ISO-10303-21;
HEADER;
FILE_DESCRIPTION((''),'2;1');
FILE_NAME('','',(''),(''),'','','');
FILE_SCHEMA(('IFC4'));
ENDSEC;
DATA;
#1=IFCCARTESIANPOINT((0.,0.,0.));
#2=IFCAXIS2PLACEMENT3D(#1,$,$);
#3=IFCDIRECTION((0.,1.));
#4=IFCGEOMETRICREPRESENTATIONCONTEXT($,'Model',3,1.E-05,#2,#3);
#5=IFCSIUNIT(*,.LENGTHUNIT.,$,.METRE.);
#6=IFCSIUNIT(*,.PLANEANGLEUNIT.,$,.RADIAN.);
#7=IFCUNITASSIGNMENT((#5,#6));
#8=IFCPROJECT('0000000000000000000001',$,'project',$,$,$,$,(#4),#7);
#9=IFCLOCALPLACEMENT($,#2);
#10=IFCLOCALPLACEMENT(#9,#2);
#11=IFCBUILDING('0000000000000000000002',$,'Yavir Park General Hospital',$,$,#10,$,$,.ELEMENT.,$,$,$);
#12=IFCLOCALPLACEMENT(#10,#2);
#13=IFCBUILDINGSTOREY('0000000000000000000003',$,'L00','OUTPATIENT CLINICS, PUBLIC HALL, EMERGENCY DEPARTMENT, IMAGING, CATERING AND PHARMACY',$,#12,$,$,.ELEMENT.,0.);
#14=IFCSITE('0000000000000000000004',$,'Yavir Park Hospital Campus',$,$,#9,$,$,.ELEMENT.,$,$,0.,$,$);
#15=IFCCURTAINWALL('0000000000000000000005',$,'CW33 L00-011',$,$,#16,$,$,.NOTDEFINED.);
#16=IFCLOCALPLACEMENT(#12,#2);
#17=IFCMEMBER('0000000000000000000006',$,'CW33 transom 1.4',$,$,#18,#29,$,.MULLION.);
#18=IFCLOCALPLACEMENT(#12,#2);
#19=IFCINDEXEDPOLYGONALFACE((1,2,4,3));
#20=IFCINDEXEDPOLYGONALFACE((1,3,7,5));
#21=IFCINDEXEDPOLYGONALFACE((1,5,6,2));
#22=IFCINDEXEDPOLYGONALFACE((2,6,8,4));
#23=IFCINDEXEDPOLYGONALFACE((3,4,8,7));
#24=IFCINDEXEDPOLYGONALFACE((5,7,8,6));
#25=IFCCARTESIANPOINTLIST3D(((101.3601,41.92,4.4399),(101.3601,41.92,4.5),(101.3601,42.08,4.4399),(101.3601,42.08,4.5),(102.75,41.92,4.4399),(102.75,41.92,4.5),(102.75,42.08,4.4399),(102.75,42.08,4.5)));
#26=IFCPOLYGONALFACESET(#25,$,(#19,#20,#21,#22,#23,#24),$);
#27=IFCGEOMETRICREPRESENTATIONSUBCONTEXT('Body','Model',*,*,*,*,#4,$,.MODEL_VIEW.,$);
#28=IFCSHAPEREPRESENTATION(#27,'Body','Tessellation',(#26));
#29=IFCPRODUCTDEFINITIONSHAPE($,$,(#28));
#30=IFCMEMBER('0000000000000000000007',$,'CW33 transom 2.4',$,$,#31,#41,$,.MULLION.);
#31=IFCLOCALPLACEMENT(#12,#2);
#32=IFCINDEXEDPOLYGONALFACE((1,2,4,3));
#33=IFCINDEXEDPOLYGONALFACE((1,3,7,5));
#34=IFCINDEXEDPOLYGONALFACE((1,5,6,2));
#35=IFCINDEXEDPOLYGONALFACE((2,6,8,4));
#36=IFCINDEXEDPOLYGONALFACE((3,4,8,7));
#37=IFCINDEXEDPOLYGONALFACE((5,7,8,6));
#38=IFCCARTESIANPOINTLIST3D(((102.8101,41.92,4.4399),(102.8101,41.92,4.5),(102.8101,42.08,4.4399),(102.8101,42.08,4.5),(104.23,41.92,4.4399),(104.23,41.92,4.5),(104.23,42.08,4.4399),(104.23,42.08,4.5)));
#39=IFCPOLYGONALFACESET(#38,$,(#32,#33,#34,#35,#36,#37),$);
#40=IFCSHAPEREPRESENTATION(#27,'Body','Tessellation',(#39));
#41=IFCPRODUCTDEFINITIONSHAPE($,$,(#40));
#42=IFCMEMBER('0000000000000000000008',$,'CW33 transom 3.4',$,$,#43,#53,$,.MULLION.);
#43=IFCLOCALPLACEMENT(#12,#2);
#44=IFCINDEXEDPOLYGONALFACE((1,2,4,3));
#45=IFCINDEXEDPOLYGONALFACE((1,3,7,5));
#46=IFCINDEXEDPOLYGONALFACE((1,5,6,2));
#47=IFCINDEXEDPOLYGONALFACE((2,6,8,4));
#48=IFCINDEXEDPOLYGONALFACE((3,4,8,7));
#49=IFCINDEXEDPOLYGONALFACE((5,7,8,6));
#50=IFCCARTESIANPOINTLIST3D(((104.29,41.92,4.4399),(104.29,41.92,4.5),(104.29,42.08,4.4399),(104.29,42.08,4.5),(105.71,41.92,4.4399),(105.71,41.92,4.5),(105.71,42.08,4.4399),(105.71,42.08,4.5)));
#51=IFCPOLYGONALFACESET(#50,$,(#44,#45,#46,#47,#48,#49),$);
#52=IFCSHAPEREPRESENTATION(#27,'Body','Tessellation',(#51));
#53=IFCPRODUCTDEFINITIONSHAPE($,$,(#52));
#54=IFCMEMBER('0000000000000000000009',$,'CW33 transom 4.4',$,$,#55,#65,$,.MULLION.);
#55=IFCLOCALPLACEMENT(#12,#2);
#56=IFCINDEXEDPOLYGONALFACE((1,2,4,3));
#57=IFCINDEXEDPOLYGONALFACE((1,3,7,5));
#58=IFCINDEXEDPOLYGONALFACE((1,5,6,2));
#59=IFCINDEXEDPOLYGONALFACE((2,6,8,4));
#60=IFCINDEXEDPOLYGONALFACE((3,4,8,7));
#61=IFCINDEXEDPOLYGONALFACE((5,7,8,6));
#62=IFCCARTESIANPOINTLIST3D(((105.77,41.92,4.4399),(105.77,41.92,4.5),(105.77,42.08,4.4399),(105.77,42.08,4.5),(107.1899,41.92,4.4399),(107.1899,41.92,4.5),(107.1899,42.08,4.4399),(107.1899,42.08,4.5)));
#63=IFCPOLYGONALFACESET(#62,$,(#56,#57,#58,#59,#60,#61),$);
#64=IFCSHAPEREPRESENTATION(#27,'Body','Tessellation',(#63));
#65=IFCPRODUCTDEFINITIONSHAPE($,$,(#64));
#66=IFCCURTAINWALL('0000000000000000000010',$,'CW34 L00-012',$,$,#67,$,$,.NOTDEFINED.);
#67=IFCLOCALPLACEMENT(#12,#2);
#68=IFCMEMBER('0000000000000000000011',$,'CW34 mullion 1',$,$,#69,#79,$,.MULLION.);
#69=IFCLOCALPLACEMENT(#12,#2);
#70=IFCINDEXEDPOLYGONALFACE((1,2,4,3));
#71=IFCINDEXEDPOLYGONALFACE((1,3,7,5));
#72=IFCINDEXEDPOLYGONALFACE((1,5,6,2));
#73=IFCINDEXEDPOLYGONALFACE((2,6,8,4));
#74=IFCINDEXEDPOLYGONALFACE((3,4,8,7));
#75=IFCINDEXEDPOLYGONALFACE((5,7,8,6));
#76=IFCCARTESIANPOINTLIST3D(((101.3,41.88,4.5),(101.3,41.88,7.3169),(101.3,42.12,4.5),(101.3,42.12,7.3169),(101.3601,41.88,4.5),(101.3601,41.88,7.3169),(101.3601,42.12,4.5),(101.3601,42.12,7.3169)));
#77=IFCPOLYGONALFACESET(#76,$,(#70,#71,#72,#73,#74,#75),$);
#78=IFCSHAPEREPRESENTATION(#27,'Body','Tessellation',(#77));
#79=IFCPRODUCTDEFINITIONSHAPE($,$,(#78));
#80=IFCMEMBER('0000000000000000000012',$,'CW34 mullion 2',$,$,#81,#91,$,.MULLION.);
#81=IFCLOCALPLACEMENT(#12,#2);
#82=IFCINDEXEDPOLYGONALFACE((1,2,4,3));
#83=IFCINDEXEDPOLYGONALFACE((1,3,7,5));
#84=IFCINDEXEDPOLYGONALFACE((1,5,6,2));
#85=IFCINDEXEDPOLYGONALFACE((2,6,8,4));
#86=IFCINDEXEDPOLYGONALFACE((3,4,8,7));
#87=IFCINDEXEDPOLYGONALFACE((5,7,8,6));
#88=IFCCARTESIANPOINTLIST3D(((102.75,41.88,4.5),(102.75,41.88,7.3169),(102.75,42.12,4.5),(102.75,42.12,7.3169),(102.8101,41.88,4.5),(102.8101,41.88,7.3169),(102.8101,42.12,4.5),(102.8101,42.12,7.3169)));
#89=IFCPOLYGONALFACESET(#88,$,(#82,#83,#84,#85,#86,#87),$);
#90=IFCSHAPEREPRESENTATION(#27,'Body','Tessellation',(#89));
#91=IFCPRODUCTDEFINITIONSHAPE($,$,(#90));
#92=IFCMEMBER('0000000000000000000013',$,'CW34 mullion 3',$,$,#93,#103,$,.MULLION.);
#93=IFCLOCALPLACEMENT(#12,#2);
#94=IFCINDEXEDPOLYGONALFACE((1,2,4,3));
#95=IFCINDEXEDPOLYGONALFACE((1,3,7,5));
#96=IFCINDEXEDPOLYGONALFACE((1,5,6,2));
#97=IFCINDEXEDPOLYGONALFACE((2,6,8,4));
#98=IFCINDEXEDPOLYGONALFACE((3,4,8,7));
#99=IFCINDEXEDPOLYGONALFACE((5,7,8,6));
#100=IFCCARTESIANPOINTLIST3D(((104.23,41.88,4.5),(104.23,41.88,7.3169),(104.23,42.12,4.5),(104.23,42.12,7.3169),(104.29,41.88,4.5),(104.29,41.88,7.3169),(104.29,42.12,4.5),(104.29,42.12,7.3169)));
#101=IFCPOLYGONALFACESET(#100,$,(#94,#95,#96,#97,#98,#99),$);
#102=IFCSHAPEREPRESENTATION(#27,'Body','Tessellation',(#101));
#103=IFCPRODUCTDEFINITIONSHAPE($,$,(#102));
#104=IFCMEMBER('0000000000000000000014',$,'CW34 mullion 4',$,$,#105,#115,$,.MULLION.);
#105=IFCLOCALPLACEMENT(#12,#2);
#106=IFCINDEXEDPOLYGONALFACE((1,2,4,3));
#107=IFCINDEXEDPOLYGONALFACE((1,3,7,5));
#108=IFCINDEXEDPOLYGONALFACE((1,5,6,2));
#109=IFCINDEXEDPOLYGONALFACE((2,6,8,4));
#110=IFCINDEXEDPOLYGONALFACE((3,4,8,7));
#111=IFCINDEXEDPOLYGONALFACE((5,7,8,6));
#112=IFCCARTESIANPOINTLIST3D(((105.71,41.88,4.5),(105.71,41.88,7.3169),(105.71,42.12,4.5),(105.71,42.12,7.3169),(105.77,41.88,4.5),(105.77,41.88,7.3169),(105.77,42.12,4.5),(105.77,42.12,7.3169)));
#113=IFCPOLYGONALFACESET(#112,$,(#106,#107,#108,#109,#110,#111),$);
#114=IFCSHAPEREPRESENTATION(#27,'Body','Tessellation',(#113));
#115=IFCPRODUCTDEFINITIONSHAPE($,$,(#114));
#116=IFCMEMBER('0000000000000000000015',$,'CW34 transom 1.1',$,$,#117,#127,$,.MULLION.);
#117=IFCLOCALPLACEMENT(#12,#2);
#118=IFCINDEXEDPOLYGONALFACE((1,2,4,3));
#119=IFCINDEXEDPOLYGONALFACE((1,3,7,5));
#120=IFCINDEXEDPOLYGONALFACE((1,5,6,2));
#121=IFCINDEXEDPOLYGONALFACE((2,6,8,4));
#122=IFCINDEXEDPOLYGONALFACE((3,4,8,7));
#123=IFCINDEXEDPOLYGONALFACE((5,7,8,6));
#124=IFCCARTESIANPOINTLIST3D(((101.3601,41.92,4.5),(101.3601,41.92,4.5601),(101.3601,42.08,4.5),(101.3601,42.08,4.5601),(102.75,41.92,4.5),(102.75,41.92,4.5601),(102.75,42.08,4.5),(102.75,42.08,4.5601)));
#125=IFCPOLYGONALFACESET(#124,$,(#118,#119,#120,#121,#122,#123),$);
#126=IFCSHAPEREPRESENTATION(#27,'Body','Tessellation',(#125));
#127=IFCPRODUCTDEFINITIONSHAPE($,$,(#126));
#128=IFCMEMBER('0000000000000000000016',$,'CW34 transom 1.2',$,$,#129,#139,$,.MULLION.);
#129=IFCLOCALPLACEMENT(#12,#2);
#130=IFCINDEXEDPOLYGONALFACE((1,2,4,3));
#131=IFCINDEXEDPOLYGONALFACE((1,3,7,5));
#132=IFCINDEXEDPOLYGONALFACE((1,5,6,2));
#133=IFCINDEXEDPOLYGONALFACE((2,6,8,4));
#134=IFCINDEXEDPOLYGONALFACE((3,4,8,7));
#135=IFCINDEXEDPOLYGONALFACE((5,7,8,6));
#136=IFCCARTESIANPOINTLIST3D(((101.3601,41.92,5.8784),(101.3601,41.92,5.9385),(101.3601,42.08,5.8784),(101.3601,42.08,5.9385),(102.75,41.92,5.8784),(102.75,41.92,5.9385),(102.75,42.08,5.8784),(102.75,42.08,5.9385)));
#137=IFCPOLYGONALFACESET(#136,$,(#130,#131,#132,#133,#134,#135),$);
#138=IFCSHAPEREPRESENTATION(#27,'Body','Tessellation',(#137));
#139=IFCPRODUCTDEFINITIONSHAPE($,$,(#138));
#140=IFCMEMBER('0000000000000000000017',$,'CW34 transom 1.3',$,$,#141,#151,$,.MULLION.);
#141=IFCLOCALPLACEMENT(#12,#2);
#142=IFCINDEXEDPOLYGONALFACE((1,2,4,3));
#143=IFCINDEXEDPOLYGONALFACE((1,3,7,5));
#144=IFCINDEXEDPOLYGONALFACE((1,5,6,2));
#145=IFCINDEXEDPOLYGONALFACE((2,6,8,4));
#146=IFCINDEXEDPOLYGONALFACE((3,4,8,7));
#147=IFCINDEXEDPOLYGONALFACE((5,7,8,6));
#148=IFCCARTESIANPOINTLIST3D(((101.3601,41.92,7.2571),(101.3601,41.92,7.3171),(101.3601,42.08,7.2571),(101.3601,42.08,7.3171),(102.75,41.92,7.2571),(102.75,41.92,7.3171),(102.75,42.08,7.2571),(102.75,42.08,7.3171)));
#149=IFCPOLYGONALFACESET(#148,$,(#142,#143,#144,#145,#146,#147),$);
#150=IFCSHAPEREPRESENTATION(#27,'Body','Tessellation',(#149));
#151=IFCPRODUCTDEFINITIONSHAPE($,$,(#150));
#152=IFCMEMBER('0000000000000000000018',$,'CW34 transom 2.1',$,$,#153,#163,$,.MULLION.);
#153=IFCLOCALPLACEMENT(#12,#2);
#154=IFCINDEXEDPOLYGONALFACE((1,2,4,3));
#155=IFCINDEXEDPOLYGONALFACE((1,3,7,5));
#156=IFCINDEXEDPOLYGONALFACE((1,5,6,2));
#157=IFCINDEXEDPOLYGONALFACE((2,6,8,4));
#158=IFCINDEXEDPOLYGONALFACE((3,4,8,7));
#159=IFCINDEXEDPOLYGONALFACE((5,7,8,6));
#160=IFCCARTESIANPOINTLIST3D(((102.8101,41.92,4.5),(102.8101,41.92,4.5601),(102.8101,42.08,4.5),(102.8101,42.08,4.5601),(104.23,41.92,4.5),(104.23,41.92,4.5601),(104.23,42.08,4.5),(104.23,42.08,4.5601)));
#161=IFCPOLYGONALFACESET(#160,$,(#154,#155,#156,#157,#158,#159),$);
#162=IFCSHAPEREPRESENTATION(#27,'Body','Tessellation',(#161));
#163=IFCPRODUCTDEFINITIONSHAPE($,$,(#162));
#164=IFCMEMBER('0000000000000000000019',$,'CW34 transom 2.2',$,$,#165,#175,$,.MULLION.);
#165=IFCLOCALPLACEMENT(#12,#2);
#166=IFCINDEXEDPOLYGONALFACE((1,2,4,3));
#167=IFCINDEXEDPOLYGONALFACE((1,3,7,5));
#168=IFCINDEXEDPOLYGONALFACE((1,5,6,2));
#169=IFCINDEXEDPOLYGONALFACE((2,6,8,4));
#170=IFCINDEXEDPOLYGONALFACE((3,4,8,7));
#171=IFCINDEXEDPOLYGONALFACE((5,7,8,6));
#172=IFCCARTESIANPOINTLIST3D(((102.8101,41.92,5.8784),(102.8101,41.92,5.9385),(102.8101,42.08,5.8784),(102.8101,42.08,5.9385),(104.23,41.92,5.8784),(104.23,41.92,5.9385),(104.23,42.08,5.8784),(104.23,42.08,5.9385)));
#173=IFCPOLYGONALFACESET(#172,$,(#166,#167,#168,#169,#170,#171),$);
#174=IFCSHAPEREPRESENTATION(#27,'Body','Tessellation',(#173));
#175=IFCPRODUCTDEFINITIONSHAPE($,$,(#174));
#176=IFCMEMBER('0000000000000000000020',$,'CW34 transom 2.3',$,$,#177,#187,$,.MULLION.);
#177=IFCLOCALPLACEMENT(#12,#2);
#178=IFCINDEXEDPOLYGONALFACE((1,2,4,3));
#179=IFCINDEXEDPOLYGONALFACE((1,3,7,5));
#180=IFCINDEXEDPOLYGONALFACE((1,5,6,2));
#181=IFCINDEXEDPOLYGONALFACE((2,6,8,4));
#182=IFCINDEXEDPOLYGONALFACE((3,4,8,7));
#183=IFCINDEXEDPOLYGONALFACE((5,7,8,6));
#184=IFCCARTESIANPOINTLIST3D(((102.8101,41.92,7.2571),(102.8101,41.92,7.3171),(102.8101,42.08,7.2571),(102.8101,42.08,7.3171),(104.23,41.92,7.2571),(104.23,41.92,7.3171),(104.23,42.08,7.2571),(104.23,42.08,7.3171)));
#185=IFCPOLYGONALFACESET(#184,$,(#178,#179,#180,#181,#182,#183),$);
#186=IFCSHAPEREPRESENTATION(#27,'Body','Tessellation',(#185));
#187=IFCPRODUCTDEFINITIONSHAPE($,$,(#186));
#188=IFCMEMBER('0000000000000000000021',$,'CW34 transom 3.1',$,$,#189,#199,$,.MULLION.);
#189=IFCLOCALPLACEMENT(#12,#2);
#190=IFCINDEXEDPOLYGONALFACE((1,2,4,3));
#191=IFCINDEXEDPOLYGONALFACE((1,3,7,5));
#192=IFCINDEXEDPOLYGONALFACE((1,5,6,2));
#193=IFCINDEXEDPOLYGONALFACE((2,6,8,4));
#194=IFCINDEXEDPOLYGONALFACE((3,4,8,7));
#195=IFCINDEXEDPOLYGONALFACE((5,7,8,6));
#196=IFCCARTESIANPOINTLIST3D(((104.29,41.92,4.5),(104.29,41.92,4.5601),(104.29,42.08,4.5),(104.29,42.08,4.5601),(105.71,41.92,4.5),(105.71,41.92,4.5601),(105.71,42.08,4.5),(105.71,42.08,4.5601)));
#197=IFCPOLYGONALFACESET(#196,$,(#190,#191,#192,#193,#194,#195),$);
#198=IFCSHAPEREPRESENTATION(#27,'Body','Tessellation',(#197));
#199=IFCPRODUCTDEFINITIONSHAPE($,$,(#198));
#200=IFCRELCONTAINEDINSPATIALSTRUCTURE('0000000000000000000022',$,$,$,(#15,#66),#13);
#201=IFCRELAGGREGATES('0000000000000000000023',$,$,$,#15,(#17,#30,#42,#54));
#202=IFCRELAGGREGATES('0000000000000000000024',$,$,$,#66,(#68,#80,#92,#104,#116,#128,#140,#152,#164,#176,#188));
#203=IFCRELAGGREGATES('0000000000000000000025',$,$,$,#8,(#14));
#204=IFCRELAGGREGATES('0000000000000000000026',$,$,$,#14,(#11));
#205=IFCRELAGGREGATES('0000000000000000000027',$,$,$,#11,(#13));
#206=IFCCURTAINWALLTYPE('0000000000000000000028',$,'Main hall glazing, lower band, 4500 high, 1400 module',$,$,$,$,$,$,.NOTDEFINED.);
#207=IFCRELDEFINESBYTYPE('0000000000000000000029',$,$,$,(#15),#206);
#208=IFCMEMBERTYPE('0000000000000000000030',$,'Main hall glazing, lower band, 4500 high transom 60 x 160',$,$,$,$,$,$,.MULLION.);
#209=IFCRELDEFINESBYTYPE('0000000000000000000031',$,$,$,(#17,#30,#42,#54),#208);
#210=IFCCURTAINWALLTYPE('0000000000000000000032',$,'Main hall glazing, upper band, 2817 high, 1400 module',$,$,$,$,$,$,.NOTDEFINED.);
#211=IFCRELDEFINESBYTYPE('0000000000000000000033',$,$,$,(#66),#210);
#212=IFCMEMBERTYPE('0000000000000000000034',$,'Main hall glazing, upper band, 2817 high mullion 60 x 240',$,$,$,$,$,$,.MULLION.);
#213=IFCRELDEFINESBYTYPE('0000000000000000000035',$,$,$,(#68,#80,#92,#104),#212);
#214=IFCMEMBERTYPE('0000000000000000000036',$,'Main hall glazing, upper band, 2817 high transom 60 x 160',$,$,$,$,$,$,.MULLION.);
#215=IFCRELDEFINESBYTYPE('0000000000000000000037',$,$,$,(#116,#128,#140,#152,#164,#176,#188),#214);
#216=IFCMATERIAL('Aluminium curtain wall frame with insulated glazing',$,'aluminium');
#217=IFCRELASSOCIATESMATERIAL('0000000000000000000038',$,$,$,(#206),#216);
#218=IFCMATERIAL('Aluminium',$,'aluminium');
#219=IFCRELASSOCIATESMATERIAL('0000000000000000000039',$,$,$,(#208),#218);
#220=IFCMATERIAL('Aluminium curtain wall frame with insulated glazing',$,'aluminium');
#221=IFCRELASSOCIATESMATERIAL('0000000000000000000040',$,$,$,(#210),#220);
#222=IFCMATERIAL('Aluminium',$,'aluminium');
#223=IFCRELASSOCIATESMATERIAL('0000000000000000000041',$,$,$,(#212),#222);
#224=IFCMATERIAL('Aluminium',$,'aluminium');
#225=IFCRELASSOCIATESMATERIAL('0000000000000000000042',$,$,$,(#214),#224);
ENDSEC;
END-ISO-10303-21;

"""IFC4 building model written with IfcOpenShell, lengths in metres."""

from ifc_helpers import new_model, si_unit, direction, frame, origin, origin_2d, place, context, subcontext, project, spatial, rectangle, extrude, material, material_profile, profile_set, type_object, element, aggregate, save


model = new_model("IFC4")

# Units and contexts
model_context = context("Model", 3, precision=1e-05, world=origin(), true_north=direction((0.0, 1.0)))
body_context = subcontext(model_context, "Body", "Model", "MODEL_VIEW")
ifc_project = project(units=[si_unit("LENGTHUNIT", "METRE"), si_unit("PLANEANGLEUNIT", "RADIAN")], contexts=[model_context])

# Site, building, storey
site_placement = place(None, origin())
site = spatial("IfcSite", under=ifc_project, at=site_placement, Name="Yavir Park Hospital Campus", CompositionType="ELEMENT", RefElevation=0.0)
building_placement = place(site_placement, origin())
building = spatial("IfcBuilding", under=site, at=building_placement, Name="Yavir Park General Hospital", CompositionType="ELEMENT")
storey_placement = place(building_placement, origin())
storey = spatial("IfcBuildingStorey", under=building, at=storey_placement, Name="L00", Description="OUTPATIENT CLINICS, PUBLIC HALL, EMERGENCY DEPARTMENT, IMAGING, CATERING AND PHARMACY", CompositionType="ELEMENT", Elevation=0.0)

# Curtain walls, members
ifc_material_1 = material(Name="Aluminium curtain wall frame with insulated glazing", Category="aluminium")
curtain_wall_type_1 = type_object("IfcCurtainWallType", Name="Main hall glazing, lower band, 4500 high, 1400 module", PredefinedType="NOTDEFINED", material=ifc_material_1)
curtain_wall_1_placement = place(storey_placement, origin())
curtain_wall_1 = element("IfcCurtainWall", 1, at=curtain_wall_1_placement, inside=storey, type_object=curtain_wall_type_1, Name="CW33 L00-011", PredefinedType="NOTDEFINED")
ifc_material_2 = material(Name="Aluminium", Category="aluminium")
ifc_material_profile_1 = material_profile(ifc_material_2, rectangle(XDim=0.1599, YDim=0.0601, at=origin_2d()), Name="AL 160x60")
ifc_profile_set_1 = profile_set([ifc_material_profile_1], Name="Aluminium")
member_type_1 = type_object("IfcMemberType", Name="Main hall glazing, lower band, 4500 high transom 60 x 160", PredefinedType="MULLION", material=ifc_profile_set_1)
member_1_placement = place(storey_placement, frame((101.3601, 42.0, 4.47), z_axis=(1.0, 0.0, 0.0), x_axis=(0.0, 1.0, 0.0)))
member_1 = element("IfcMember", 2, at=member_1_placement, type_object=member_type_1, Name="CW33 transom 1.4", PredefinedType="MULLION", context=body_context, shape_type="SweptSolid", body=[
    extrude(rectangle(XDim=0.1599, YDim=0.0601, at=origin_2d()), origin(), (0.0, 0.0, 1.0), 1.3899),
])
member_2_placement = place(storey_placement, frame((102.8101, 42.0, 4.47), z_axis=(1.0, 0.0, 0.0), x_axis=(0.0, 1.0, 0.0)))
member_2 = element("IfcMember", 3, at=member_2_placement, type_object=member_type_1, Name="CW33 transom 2.4", PredefinedType="MULLION", context=body_context, shape_type="SweptSolid", body=[
    extrude(rectangle(XDim=0.1599, YDim=0.0601, at=origin_2d()), origin(), (0.0, 0.0, 1.0), 1.4199),
])
member_3_placement = place(storey_placement, frame((104.29, 42.0, 4.47), z_axis=(1.0, 0.0, 0.0), x_axis=(0.0, 1.0, 0.0)))
member_3 = element("IfcMember", 4, at=member_3_placement, type_object=member_type_1, Name="CW33 transom 3.4", PredefinedType="MULLION", context=body_context, shape_type="SweptSolid", body=[
    extrude(rectangle(XDim=0.1599, YDim=0.0601, at=origin_2d()), origin(), (0.0, 0.0, 1.0), 1.4199),
])
member_4_placement = place(storey_placement, frame((105.77, 42.0, 4.47), z_axis=(1.0, 0.0, 0.0), x_axis=(0.0, 1.0, 0.0)))
member_4 = element("IfcMember", 5, at=member_4_placement, type_object=member_type_1, Name="CW33 transom 4.4", PredefinedType="MULLION", context=body_context, shape_type="SweptSolid", body=[
    extrude(rectangle(XDim=0.1599, YDim=0.0601, at=origin_2d()), origin(), (0.0, 0.0, 1.0), 1.4199),
])
ifc_material_3 = material(Name="Aluminium curtain wall frame with insulated glazing", Category="aluminium")
curtain_wall_type_2 = type_object("IfcCurtainWallType", Name="Main hall glazing, upper band, 2817 high, 1400 module", PredefinedType="NOTDEFINED", material=ifc_material_3)
curtain_wall_2_placement = place(storey_placement, origin())
curtain_wall_2 = element("IfcCurtainWall", 6, at=curtain_wall_2_placement, inside=storey, type_object=curtain_wall_type_2, Name="CW34 L00-012", PredefinedType="NOTDEFINED")
ifc_material_4 = material(Name="Aluminium", Category="aluminium")
ifc_material_profile_2 = material_profile(ifc_material_4, rectangle(XDim=0.24, YDim=0.0601, at=origin_2d()), Name="AL 60x240")
ifc_profile_set_2 = profile_set([ifc_material_profile_2], Name="Aluminium")
member_type_2 = type_object("IfcMemberType", Name="Main hall glazing, upper band, 2817 high mullion 60 x 240", PredefinedType="MULLION", material=ifc_profile_set_2)
member_5_placement = place(storey_placement, frame((101.3301, 42.0, 4.5), z_axis=(0.0, 0.0, 1.0), x_axis=(0.0, 1.0, 0.0)))
member_5 = element("IfcMember", 7, at=member_5_placement, type_object=member_type_2, Name="CW34 mullion 1", PredefinedType="MULLION", context=body_context, shape_type="SweptSolid", body=[
    extrude(rectangle(XDim=0.24, YDim=0.0601, at=origin_2d()), origin(), (0.0, 0.0, 1.0), 2.8169),
])
member_6_placement = place(storey_placement, frame((102.78, 42.0, 4.5), z_axis=(0.0, 0.0, 1.0), x_axis=(0.0, 1.0, 0.0)))
member_6 = element("IfcMember", 8, at=member_6_placement, type_object=member_type_2, Name="CW34 mullion 2", PredefinedType="MULLION", context=body_context, shape_type="SweptSolid", body=[
    extrude(rectangle(XDim=0.24, YDim=0.0601, at=origin_2d()), origin(), (0.0, 0.0, 1.0), 2.8169),
])
member_7_placement = place(storey_placement, frame((104.26, 42.0, 4.5), z_axis=(0.0, 0.0, 1.0), x_axis=(0.0, 1.0, 0.0)))
member_7 = element("IfcMember", 9, at=member_7_placement, type_object=member_type_2, Name="CW34 mullion 3", PredefinedType="MULLION", context=body_context, shape_type="SweptSolid", body=[
    extrude(rectangle(XDim=0.24, YDim=0.0601, at=origin_2d()), origin(), (0.0, 0.0, 1.0), 2.8169),
])
member_8_placement = place(storey_placement, frame((105.74, 42.0, 4.5), z_axis=(0.0, 0.0, 1.0), x_axis=(0.0, 1.0, 0.0)))
member_8 = element("IfcMember", 10, at=member_8_placement, type_object=member_type_2, Name="CW34 mullion 4", PredefinedType="MULLION", context=body_context, shape_type="SweptSolid", body=[
    extrude(rectangle(XDim=0.24, YDim=0.0601, at=origin_2d()), origin(), (0.0, 0.0, 1.0), 2.8169),
])
ifc_material_5 = material(Name="Aluminium", Category="aluminium")
ifc_material_profile_3 = material_profile(ifc_material_5, rectangle(XDim=0.1599, YDim=0.0601, at=origin_2d()), Name="AL 160x60")
ifc_profile_set_3 = profile_set([ifc_material_profile_3], Name="Aluminium")
member_type_3 = type_object("IfcMemberType", Name="Main hall glazing, upper band, 2817 high transom 60 x 160", PredefinedType="MULLION", material=ifc_profile_set_3)
member_9_placement = place(storey_placement, frame((101.3601, 42.0, 4.53), z_axis=(1.0, 0.0, 0.0), x_axis=(0.0, 1.0, 0.0)))
member_9 = element("IfcMember", 11, at=member_9_placement, type_object=member_type_3, Name="CW34 transom 1.1", PredefinedType="MULLION", context=body_context, shape_type="SweptSolid", body=[
    extrude(rectangle(XDim=0.1599, YDim=0.0601, at=origin_2d()), origin(), (0.0, 0.0, 1.0), 1.3899),
])
member_10_placement = place(storey_placement, frame((101.3601, 42.0, 5.9084), z_axis=(1.0, 0.0, 0.0), x_axis=(0.0, 1.0, 0.0)))
member_10 = element("IfcMember", 12, at=member_10_placement, type_object=member_type_3, Name="CW34 transom 1.2", PredefinedType="MULLION", context=body_context, shape_type="SweptSolid", body=[
    extrude(rectangle(XDim=0.1599, YDim=0.0601, at=origin_2d()), origin(), (0.0, 0.0, 1.0), 1.3899),
])
member_11_placement = place(storey_placement, frame((101.3601, 42.0, 7.2871), z_axis=(1.0, 0.0, 0.0), x_axis=(0.0, 1.0, 0.0)))
member_11 = element("IfcMember", 13, at=member_11_placement, type_object=member_type_3, Name="CW34 transom 1.3", PredefinedType="MULLION", context=body_context, shape_type="SweptSolid", body=[
    extrude(rectangle(XDim=0.1599, YDim=0.0601, at=origin_2d()), origin(), (0.0, 0.0, 1.0), 1.3899),
])
member_12_placement = place(storey_placement, frame((102.8101, 42.0, 4.53), z_axis=(1.0, 0.0, 0.0), x_axis=(0.0, 1.0, 0.0)))
member_12 = element("IfcMember", 14, at=member_12_placement, type_object=member_type_3, Name="CW34 transom 2.1", PredefinedType="MULLION", context=body_context, shape_type="SweptSolid", body=[
    extrude(rectangle(XDim=0.1599, YDim=0.0601, at=origin_2d()), origin(), (0.0, 0.0, 1.0), 1.4199),
])
member_13_placement = place(storey_placement, frame((102.8101, 42.0, 5.9084), z_axis=(1.0, 0.0, 0.0), x_axis=(0.0, 1.0, 0.0)))
member_13 = element("IfcMember", 15, at=member_13_placement, type_object=member_type_3, Name="CW34 transom 2.2", PredefinedType="MULLION", context=body_context, shape_type="SweptSolid", body=[
    extrude(rectangle(XDim=0.1599, YDim=0.0601, at=origin_2d()), origin(), (0.0, 0.0, 1.0), 1.4199),
])
member_14_placement = place(storey_placement, frame((102.8101, 42.0, 7.2871), z_axis=(1.0, 0.0, 0.0), x_axis=(0.0, 1.0, 0.0)))
member_14 = element("IfcMember", 16, at=member_14_placement, type_object=member_type_3, Name="CW34 transom 2.3", PredefinedType="MULLION", context=body_context, shape_type="SweptSolid", body=[
    extrude(rectangle(XDim=0.1599, YDim=0.0601, at=origin_2d()), origin(), (0.0, 0.0, 1.0), 1.4199),
])
member_15_placement = place(storey_placement, frame((104.29, 42.0, 4.53), z_axis=(1.0, 0.0, 0.0), x_axis=(0.0, 1.0, 0.0)))
member_15 = element("IfcMember", 17, at=member_15_placement, type_object=member_type_3, Name="CW34 transom 3.1", PredefinedType="MULLION", context=body_context, shape_type="SweptSolid", body=[
    extrude(rectangle(XDim=0.1599, YDim=0.0601, at=origin_2d()), origin(), (0.0, 0.0, 1.0), 1.4199),
])

aggregate(curtain_wall_1, [member_1, member_2, member_3, member_4])
aggregate(curtain_wall_2, [member_5, member_6, member_7, member_8, member_9, member_10, member_11, member_12, member_13, member_14, member_15])

save(model, "model.ifc")
